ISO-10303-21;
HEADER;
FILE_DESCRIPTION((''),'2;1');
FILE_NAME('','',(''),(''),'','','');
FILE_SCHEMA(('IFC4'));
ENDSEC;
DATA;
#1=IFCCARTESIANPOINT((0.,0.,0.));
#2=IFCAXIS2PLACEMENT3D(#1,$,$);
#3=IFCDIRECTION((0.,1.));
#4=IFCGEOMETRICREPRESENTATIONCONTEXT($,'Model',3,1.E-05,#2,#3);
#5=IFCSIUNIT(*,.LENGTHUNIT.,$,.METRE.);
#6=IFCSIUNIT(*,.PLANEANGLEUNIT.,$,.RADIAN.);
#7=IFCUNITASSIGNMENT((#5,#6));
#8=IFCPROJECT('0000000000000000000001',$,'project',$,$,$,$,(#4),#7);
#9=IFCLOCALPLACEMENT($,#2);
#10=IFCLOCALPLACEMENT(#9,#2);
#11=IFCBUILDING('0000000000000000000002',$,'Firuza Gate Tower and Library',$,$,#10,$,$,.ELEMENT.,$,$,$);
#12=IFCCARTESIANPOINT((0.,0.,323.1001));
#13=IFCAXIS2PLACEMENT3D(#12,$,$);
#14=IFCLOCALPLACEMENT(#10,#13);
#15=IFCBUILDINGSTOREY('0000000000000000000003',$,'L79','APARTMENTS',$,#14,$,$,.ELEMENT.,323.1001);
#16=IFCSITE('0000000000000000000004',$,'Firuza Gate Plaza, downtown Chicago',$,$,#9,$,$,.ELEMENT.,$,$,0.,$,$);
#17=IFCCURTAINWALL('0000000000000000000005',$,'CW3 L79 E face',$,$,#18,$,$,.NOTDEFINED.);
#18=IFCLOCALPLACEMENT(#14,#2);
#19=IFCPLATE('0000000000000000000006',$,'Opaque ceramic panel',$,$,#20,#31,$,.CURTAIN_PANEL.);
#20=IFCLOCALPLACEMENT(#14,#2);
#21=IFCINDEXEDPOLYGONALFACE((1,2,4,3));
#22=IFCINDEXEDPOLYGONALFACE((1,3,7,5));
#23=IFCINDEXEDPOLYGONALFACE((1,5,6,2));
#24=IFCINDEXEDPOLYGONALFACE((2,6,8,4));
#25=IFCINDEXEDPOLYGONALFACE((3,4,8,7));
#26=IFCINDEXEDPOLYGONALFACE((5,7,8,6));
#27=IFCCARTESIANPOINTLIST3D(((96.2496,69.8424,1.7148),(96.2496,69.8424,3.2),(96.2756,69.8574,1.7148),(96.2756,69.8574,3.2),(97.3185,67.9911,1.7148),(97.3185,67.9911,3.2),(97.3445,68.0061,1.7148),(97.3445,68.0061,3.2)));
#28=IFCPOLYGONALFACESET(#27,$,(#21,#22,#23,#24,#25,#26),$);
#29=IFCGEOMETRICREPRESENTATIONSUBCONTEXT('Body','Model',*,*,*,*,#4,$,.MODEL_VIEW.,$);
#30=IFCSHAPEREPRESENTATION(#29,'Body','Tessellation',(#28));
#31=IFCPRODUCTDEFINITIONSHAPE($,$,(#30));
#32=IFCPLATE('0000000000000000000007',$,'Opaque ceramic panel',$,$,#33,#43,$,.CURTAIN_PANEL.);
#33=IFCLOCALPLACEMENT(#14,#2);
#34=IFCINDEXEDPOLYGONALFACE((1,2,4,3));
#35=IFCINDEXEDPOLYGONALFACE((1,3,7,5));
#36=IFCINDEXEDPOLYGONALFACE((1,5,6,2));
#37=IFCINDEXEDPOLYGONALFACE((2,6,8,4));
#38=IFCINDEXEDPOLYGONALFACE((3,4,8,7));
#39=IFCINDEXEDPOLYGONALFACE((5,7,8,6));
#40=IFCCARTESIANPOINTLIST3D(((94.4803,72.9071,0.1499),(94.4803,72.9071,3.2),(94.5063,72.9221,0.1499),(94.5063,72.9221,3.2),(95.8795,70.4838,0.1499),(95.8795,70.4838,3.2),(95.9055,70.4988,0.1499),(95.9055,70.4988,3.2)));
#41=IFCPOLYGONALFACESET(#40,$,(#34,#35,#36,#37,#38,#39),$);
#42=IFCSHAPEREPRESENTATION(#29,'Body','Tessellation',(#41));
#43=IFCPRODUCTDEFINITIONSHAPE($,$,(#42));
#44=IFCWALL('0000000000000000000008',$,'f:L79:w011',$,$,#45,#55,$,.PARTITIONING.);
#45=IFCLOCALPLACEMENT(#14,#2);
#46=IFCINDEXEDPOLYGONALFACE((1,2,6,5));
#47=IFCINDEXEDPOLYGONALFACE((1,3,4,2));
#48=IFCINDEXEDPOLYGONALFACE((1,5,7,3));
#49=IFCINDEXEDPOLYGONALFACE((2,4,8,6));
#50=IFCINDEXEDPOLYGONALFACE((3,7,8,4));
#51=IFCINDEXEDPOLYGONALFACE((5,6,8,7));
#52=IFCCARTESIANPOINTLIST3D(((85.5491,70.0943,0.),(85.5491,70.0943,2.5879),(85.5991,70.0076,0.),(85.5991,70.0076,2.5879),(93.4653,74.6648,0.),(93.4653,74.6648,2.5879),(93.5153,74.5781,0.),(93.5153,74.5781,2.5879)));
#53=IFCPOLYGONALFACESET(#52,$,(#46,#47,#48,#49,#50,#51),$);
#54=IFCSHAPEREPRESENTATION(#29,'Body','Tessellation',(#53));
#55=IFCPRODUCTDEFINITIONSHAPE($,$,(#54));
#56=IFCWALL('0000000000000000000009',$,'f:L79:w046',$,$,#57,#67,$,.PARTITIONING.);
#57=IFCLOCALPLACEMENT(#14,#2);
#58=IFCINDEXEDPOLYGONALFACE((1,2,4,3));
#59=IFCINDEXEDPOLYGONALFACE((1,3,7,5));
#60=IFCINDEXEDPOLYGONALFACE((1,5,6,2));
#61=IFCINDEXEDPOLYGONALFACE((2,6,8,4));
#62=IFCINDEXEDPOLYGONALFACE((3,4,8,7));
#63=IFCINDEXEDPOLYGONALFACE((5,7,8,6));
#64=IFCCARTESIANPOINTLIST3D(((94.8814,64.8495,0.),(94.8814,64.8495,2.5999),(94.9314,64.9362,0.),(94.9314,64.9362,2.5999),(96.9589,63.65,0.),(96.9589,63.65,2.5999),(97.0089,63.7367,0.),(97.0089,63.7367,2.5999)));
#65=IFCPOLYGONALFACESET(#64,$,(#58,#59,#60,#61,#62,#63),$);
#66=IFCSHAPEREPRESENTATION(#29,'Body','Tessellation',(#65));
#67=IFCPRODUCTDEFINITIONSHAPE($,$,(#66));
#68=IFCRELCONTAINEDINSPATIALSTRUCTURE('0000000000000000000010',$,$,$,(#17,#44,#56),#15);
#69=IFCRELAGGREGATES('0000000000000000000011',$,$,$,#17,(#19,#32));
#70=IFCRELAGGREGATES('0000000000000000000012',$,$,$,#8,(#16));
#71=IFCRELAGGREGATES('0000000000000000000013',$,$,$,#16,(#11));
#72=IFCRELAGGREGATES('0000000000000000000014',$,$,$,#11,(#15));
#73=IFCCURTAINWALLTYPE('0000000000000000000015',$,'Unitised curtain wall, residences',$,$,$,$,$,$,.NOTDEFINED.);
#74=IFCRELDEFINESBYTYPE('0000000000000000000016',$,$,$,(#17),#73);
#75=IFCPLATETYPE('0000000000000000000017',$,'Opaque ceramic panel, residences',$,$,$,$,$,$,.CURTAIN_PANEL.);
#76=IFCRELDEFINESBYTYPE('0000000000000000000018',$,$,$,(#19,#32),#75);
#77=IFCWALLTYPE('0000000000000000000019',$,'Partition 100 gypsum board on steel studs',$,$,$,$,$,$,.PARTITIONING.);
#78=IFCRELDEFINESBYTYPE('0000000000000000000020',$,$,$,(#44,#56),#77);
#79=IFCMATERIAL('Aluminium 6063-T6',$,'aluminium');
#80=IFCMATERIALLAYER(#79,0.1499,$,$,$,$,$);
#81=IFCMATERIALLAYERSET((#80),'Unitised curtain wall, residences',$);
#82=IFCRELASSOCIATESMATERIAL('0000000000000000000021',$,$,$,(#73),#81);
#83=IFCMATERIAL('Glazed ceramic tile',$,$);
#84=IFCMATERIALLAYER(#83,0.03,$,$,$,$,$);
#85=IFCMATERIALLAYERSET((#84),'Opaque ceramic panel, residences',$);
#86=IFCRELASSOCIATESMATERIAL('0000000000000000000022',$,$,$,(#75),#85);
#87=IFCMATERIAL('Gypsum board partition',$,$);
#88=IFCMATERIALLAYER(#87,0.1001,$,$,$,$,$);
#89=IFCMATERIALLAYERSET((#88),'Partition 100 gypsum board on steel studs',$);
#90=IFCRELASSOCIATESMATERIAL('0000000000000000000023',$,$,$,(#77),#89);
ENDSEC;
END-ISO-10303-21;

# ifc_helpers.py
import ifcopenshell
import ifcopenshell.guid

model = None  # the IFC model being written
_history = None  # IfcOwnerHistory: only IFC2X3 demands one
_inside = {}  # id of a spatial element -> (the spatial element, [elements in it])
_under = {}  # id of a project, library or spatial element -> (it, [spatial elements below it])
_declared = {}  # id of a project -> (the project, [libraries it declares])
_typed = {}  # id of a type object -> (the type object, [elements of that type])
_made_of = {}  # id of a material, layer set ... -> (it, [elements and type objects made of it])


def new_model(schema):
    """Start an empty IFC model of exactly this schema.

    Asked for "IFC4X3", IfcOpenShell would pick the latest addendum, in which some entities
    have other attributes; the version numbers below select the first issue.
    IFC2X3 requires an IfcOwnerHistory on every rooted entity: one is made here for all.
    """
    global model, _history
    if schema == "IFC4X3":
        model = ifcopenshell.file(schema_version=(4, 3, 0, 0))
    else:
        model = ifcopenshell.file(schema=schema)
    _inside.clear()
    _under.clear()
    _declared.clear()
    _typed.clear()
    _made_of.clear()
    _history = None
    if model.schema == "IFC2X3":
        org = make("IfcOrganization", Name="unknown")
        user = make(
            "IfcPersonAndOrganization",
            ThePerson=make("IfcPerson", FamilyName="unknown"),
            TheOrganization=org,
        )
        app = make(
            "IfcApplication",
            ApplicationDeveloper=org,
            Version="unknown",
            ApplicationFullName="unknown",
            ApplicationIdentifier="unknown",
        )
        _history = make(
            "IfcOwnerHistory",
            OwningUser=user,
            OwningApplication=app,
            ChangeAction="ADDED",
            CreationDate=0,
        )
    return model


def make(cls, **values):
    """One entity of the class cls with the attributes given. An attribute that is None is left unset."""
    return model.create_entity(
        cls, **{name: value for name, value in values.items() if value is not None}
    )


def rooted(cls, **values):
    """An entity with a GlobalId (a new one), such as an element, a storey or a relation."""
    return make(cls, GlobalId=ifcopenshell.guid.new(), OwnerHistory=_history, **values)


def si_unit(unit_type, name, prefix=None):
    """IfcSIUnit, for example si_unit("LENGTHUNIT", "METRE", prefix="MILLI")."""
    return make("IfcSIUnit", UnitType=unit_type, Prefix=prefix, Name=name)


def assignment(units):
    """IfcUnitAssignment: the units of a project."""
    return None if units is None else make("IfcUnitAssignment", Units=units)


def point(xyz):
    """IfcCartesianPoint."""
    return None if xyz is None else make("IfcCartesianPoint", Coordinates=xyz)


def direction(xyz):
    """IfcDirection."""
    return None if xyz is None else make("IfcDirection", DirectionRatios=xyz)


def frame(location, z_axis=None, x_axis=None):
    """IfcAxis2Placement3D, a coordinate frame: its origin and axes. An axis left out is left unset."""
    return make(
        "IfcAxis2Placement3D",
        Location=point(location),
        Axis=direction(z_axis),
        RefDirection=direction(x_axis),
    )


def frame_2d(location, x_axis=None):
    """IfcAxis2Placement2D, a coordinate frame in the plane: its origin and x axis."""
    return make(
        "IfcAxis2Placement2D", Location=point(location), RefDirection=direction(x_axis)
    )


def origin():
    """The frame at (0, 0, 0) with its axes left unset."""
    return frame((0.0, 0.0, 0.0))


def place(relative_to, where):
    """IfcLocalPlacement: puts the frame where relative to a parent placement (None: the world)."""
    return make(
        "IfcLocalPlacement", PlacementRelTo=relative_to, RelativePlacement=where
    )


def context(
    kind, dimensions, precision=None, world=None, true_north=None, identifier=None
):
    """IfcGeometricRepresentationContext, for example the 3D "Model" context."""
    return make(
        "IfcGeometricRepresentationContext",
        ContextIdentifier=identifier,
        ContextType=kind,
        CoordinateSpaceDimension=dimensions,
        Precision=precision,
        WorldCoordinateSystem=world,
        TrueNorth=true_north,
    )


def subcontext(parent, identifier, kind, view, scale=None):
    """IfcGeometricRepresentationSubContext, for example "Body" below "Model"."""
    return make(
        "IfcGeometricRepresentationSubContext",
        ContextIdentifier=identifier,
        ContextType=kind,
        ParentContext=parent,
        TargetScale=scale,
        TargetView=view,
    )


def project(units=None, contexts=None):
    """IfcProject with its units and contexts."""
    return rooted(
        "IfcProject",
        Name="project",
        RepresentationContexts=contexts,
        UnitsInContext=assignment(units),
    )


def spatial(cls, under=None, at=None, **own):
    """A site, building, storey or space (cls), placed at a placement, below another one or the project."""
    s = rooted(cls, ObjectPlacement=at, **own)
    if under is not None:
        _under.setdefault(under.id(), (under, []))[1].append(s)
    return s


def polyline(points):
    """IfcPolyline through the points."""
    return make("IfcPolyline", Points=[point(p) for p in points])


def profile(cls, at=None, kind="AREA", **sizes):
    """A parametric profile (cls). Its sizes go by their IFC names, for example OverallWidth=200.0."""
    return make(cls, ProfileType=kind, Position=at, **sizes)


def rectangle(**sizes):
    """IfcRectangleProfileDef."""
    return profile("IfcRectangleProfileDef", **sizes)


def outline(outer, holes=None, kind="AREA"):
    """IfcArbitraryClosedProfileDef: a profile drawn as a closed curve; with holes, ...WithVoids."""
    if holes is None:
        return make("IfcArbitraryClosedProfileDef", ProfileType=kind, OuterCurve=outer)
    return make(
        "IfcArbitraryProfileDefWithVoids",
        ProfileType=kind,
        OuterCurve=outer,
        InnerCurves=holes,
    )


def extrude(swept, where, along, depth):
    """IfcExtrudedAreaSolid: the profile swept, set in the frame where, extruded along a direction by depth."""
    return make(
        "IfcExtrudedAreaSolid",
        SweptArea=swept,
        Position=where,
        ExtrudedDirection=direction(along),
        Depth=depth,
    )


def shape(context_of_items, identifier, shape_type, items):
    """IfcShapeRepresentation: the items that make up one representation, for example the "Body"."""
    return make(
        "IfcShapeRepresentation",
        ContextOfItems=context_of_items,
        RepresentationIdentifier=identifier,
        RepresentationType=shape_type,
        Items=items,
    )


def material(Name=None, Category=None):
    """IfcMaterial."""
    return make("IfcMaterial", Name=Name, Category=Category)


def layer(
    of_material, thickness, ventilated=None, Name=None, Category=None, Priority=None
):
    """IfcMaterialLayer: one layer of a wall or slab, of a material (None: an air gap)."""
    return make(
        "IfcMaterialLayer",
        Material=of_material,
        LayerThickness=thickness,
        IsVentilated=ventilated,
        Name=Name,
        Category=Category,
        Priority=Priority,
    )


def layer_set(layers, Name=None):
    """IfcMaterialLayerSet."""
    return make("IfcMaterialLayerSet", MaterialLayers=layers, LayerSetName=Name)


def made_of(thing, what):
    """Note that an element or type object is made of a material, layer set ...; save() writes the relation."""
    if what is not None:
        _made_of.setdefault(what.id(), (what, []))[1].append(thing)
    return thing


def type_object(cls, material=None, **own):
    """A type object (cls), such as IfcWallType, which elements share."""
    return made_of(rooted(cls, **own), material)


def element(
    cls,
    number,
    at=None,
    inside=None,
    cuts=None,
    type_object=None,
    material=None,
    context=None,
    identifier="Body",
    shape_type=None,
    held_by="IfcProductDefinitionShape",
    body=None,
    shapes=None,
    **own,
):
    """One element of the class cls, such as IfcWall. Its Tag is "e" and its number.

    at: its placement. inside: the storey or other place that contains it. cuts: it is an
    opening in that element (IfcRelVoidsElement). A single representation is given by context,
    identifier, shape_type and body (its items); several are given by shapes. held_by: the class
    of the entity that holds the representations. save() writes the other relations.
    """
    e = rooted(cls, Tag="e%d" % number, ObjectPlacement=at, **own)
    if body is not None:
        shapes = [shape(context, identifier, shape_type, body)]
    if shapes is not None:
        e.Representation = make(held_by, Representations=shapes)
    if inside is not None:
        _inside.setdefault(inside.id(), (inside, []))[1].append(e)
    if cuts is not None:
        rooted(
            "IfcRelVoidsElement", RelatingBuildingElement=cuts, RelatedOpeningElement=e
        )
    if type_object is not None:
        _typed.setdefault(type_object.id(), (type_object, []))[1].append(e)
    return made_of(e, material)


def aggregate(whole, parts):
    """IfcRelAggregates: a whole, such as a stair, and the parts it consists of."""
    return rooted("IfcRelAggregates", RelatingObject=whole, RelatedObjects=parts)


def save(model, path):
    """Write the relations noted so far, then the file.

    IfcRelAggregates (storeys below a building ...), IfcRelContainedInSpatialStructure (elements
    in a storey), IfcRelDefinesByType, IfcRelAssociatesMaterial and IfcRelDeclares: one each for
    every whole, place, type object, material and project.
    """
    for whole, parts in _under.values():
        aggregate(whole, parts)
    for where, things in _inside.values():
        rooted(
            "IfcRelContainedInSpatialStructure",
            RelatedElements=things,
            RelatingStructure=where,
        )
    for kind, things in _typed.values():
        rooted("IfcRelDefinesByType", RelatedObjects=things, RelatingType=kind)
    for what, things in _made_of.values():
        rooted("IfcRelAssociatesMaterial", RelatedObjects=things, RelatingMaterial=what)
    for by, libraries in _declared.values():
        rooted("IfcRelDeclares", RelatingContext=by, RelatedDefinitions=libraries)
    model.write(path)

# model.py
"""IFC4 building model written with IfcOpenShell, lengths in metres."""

from ifc_helpers import new_model, si_unit, direction, frame, frame_2d, origin, place, context, subcontext, project, spatial, polyline, rectangle, outline, extrude, material, layer, layer_set, type_object, element, aggregate, save


model = new_model("IFC4")

# Units and contexts
model_context = context("Model", 3, precision=1e-05, world=origin(), true_north=direction((0.0, 1.0)))
body_context = subcontext(model_context, "Body", "Model", "MODEL_VIEW")
ifc_project = project(units=[si_unit("LENGTHUNIT", "METRE"), si_unit("PLANEANGLEUNIT", "RADIAN")], contexts=[model_context])

# Site, building, storey
site_placement = place(None, origin())
site = spatial("IfcSite", under=ifc_project, at=site_placement, Name="Firuza Gate Plaza, downtown Chicago", CompositionType="ELEMENT", RefElevation=0.0)
building_placement = place(site_placement, origin())
building = spatial("IfcBuilding", under=site, at=building_placement, Name="Firuza Gate Tower and Library", CompositionType="ELEMENT")
storey_placement = place(building_placement, frame((0.0, 0.0, 323.1001)))
storey = spatial("IfcBuildingStorey", under=building, at=storey_placement, Name="L79", Description="APARTMENTS", CompositionType="ELEMENT", Elevation=323.1001)

# Curtain wall
ifc_material_1 = material(Name="Aluminium 6063-T6", Category="aluminium")
ifc_layer_1 = layer(ifc_material_1, 0.1499)
ifc_layer_set_1 = layer_set([ifc_layer_1], Name="Unitised curtain wall, residences")
curtain_wall_type = type_object("IfcCurtainWallType", Name="Unitised curtain wall, residences", PredefinedType="NOTDEFINED", material=ifc_layer_set_1)
curtain_wall_placement = place(storey_placement, origin())
curtain_wall = element("IfcCurtainWall", 1, at=curtain_wall_placement, inside=storey, type_object=curtain_wall_type, Name="CW3 L79 E face", PredefinedType="NOTDEFINED")

# Plates
ifc_material_2 = material(Name="Glazed ceramic tile")
ifc_layer_2 = layer(ifc_material_2, 0.03)
ifc_layer_set_2 = layer_set([ifc_layer_2], Name="Opaque ceramic panel, residences")
plate_type_1 = type_object("IfcPlateType", Name="Opaque ceramic panel, residences", PredefinedType="CURTAIN_PANEL", material=ifc_layer_set_2)
plate_1_placement = place(storey_placement, frame((97.3445, 68.0061, 1.7148), z_axis=(0.866028, 0.499996, 0.0), x_axis=(-0.499996, 0.866028, 0.0)))
plate_1 = element("IfcPlate", 2, at=plate_1_placement, type_object=plate_type_1, Name="Opaque ceramic panel", PredefinedType="CURTAIN_PANEL", context=body_context, shape_type="SweptSolid", body=[
    extrude(outline(polyline([(0.0, 0.0), (2.1377, 0.0), (2.1377, 1.4851), (0.0, 1.4851), (0.0, 0.0)])), origin(), (0.0, 0.0, -1.0), 0.03),
])
plate_2_placement = place(storey_placement, frame((95.9055, 70.4988, 0.1499), z_axis=(0.866017, 0.500014, 0.0), x_axis=(-0.500014, 0.866017, 0.0)))
plate_2 = element("IfcPlate", 3, at=plate_2_placement, type_object=plate_type_1, Name="Opaque ceramic panel", PredefinedType="CURTAIN_PANEL", context=body_context, shape_type="SweptSolid", body=[
    extrude(outline(polyline([(0.0, 0.0), (2.7983, 0.0), (2.7983, 3.05), (0.0, 3.05), (0.0, 0.0)])), origin(), (0.0, 0.0, -1.0), 0.03),
])
aggregate(curtain_wall, [plate_1, plate_2])

# Walls
ifc_material_3 = material(Name="Gypsum board partition")
ifc_layer_3 = layer(ifc_material_3, 0.1001)
ifc_layer_set_3 = layer_set([ifc_layer_3], Name="Partition 100 gypsum board on steel studs")
wall_type = type_object("IfcWallType", Name="Partition 100 gypsum board on steel studs", PredefinedType="PARTITIONING", material=ifc_layer_set_3)
wall_1_placement = place(storey_placement, frame((85.5742, 70.051, 0.0), z_axis=(0.0, 0.0, 1.0), x_axis=(0.866021, 0.500008, 0.0)))
element("IfcWall", 4, at=wall_1_placement, inside=storey, type_object=wall_type, Name="f:L79:w011", PredefinedType="PARTITIONING", context=body_context, shape_type="SweptSolid", body=[
    extrude(rectangle(XDim=9.1409, YDim=0.1001, at=frame_2d((4.5703, 0.0))), origin(), (0.0, 0.0, 1.0), 2.5879),
])
wall_2_placement = place(storey_placement, frame((96.9839, 63.6934, 0.0), z_axis=(0.0, 0.0, 1.0), x_axis=(-0.866011, 0.500025, 0.0)))
element("IfcWall", 5, at=wall_2_placement, inside=storey, type_object=wall_type, Name="f:L79:w046", PredefinedType="PARTITIONING", context=body_context, shape_type="SweptSolid", body=[
    extrude(rectangle(XDim=2.3989, YDim=0.1001, at=frame_2d((1.1995, 0.0))), origin(), (0.0, 0.0, 1.0), 2.5999),
])

save(model, "model.ifc")
